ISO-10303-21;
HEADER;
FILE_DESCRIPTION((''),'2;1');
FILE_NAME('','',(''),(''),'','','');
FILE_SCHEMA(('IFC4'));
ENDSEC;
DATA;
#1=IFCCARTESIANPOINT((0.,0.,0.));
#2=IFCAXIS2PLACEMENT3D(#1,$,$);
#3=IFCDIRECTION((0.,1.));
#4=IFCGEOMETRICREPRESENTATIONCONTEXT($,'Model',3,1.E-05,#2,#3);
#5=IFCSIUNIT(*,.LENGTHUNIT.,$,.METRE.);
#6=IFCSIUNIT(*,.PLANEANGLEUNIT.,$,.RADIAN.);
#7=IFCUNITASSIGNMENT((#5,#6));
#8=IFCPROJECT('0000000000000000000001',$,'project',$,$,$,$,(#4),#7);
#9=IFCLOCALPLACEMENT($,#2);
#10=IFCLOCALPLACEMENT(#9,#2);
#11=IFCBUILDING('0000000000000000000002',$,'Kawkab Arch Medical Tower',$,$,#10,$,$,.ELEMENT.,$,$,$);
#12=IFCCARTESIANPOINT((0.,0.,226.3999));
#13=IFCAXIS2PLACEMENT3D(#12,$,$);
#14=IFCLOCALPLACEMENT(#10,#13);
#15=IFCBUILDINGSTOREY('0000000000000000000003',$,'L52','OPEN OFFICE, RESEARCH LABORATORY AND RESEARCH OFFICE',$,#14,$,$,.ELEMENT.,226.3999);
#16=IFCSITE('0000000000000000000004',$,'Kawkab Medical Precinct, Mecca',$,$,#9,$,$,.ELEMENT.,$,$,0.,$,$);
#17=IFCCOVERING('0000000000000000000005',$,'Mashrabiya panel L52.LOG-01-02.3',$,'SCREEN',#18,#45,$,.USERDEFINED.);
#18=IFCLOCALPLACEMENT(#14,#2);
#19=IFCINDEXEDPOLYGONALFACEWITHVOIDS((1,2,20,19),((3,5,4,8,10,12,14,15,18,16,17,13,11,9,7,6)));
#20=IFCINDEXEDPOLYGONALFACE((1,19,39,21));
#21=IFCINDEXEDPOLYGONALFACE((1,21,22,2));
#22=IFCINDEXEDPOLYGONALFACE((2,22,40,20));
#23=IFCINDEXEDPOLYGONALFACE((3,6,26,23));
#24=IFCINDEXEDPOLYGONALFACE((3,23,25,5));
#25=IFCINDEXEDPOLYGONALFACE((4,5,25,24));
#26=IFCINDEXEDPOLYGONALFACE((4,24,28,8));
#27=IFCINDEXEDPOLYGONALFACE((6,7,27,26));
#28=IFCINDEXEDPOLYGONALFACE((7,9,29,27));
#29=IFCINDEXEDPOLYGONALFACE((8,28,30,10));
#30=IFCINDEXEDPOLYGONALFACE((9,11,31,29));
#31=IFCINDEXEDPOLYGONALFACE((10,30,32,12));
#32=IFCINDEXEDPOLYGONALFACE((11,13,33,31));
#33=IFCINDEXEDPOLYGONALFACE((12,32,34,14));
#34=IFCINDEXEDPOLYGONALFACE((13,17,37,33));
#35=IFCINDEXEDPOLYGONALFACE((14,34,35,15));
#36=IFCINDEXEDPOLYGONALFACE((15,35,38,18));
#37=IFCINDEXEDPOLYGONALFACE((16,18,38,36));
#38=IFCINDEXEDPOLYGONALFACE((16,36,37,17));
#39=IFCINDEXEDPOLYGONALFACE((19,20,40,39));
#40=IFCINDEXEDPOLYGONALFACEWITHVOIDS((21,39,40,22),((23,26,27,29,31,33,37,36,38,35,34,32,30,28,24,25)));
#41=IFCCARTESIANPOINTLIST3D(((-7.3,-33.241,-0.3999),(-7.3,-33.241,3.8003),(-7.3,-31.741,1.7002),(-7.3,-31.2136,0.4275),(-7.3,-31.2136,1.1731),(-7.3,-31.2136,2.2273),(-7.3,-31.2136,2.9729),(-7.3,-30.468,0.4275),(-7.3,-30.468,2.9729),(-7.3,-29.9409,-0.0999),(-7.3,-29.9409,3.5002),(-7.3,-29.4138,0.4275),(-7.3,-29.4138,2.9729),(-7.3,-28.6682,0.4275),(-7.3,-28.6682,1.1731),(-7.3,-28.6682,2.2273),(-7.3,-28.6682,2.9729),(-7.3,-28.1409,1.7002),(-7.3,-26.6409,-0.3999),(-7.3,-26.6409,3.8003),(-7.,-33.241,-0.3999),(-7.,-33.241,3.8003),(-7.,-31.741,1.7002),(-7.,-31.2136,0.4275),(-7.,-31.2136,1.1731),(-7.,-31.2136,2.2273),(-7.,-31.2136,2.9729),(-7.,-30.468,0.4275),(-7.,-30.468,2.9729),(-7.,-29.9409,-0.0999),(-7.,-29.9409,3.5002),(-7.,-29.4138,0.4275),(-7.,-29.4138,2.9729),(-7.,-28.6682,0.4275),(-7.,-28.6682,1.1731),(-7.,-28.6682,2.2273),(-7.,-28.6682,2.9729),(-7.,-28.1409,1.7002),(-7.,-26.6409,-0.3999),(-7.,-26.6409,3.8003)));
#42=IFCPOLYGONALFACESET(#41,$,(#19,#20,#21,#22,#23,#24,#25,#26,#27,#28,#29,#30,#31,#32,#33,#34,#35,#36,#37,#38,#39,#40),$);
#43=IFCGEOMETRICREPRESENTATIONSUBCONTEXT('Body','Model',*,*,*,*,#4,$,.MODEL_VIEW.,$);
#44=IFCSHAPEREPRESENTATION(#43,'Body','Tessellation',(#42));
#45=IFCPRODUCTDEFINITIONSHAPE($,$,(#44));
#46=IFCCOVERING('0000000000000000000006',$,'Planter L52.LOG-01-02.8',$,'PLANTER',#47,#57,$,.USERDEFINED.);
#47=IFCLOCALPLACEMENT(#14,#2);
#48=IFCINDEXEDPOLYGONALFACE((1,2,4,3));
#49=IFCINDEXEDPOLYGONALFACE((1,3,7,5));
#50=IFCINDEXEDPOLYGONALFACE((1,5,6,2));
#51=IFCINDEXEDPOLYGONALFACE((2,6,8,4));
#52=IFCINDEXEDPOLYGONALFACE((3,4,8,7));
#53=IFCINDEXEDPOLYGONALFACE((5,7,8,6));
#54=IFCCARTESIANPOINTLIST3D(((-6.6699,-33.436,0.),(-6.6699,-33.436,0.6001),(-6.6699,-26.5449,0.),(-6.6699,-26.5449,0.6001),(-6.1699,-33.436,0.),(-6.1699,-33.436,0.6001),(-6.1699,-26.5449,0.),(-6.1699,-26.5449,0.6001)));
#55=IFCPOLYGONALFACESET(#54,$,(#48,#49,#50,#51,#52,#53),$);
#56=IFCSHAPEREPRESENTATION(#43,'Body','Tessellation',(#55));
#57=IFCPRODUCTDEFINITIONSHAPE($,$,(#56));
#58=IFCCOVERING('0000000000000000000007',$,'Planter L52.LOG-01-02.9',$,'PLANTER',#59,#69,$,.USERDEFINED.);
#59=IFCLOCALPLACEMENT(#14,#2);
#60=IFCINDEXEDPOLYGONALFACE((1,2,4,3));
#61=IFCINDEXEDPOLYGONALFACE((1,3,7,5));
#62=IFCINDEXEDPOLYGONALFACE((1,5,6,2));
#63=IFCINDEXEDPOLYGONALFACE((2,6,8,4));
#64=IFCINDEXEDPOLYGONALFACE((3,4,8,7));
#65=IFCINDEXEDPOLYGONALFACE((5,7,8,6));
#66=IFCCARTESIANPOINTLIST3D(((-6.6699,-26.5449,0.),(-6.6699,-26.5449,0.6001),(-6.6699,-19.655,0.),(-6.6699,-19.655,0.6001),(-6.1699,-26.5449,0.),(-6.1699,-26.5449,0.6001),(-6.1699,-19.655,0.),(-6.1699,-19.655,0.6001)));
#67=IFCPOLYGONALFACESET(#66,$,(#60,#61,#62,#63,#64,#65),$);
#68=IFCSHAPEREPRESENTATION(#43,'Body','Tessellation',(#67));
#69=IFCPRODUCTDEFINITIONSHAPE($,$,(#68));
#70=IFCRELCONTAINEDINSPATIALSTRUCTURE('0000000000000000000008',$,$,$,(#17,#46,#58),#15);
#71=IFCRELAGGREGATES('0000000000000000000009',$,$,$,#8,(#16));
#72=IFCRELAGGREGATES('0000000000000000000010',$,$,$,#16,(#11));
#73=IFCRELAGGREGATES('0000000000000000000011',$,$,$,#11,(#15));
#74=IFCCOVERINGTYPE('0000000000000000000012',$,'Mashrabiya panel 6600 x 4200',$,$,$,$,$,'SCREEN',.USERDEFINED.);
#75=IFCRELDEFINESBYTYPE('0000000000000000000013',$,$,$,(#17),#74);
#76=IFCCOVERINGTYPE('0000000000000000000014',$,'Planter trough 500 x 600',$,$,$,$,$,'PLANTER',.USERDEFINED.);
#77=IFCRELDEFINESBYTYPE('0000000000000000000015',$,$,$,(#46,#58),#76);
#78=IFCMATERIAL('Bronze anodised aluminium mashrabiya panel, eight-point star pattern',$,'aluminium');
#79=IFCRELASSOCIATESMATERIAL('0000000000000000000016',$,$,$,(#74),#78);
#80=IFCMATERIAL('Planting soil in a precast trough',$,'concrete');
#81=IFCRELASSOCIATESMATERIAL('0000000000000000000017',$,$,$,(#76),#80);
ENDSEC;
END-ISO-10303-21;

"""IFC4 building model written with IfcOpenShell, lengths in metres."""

from ifc_helpers import new_model, si_unit, direction, frame, origin, origin_2d, place, context, subcontext, project, spatial, polyline, rectangle, outline, extrude, material, material_profile, profile_set, type_object, element, save


model = new_model("IFC4")

# Units and contexts
model_context = context("Model", 3, precision=1e-05, world=origin(), true_north=direction((0.0, 1.0)))
body_context = subcontext(model_context, "Body", "Model", "MODEL_VIEW")
ifc_project = project(units=[si_unit("LENGTHUNIT", "METRE"), si_unit("PLANEANGLEUNIT", "RADIAN")], contexts=[model_context])

# Site, building, storey
site_placement = place(None, origin())
site = spatial("IfcSite", under=ifc_project, at=site_placement, Name="Kawkab Medical Precinct, Mecca", CompositionType="ELEMENT", RefElevation=0.0)
building_placement = place(site_placement, origin())
building = spatial("IfcBuilding", under=site, at=building_placement, Name="Kawkab Arch Medical Tower", CompositionType="ELEMENT")
storey_placement = place(building_placement, frame((0.0, 0.0, 226.3999)))
storey = spatial("IfcBuildingStorey", under=building, at=storey_placement, Name="L52", Description="OPEN OFFICE, RESEARCH LABORATORY AND RESEARCH OFFICE", CompositionType="ELEMENT", Elevation=226.3999)

# Coverings
ifc_material_1 = material(Name="Bronze anodised aluminium mashrabiya panel, eight-point star pattern", Category="aluminium")
ifc_material_profile_1 = material_profile(ifc_material_1, outline(polyline([(-3.3, -2.1001), (3.3, -2.1001), (3.3, 2.1001), (-3.3, 2.1001), (-3.3, -2.1001)]), holes=[polyline([(1.8, 0.0), (1.2727, 0.5271), (1.2727, 1.2727), (0.5271, 1.2727), (0.0, 1.8), (-0.5271, 1.2727), (-1.2727, 1.2727), (-1.2727, 0.5271), (-1.8, 0.0), (-1.2727, -0.5271), (-1.2727, -1.2727), (-0.5271, -1.2727), (0.0, -1.8), (0.5271, -1.2727), (1.2727, -1.2727), (1.2727, -0.5271), (1.8, 0.0)])]), Name="Mashrabiya panel 6600x4200")
ifc_profile_set_1 = profile_set([ifc_material_profile_1], Name="Bronze anodised aluminium mashrabiya panel, eight-point star pattern")
covering_type_1 = type_object("IfcCoveringType", Name="Mashrabiya panel 6600 x 4200", ElementType="SCREEN", PredefinedType="USERDEFINED", material=ifc_profile_set_1)
covering_1_placement = place(storey_placement, frame((-7.0, -29.9409, 1.7002), z_axis=(-1.0, 0.0, 0.0), x_axis=(0.0, -1.0, 0.0)))
element("IfcCovering", 1, at=covering_1_placement, inside=storey, type_object=covering_type_1, Name="Mashrabiya panel L52.LOG-01-02.3", ObjectType="SCREEN", PredefinedType="USERDEFINED", context=body_context, shape_type="SweptSolid", body=[
    extrude(outline(polyline([(-3.3, -2.1001), (3.3, -2.1001), (3.3, 2.1001), (-3.3, 2.1001), (-3.3, -2.1001)]), holes=[polyline([(1.8, 0.0), (1.2727, 0.5271), (1.2727, 1.2727), (0.5271, 1.2727), (0.0, 1.8), (-0.5271, 1.2727), (-1.2727, 1.2727), (-1.2727, 0.5271), (-1.8, 0.0), (-1.2727, -0.5271), (-1.2727, -1.2727), (-0.5271, -1.2727), (0.0, -1.8), (0.5271, -1.2727), (1.2727, -1.2727), (1.2727, -0.5271), (1.8, 0.0)])]), origin(), (0.0, 0.0, 1.0), 0.3),
])
ifc_material_2 = material(Name="Planting soil in a precast trough", Category="concrete")
ifc_material_profile_2 = material_profile(ifc_material_2, rectangle(XDim=0.5, YDim=0.6001, at=origin_2d()), Name="Trough 500x600")
ifc_profile_set_2 = profile_set([ifc_material_profile_2], Name="Planting soil in a precast trough")
covering_type_2 = type_object("IfcCoveringType", Name="Planter trough 500 x 600", ElementType="PLANTER", PredefinedType="USERDEFINED", material=ifc_profile_set_2)
covering_2_placement = place(storey_placement, frame((-6.4199, -33.436, 0.3), z_axis=(0.0, 1.0, 0.0), x_axis=(-1.0, 0.0, 0.0)))
element("IfcCovering", 2, at=covering_2_placement, inside=storey, type_object=covering_type_2, Name="Planter L52.LOG-01-02.8", ObjectType="PLANTER", PredefinedType="USERDEFINED", context=body_context, shape_type="SweptSolid", body=[
    extrude(rectangle(XDim=0.5, YDim=0.6001, at=origin_2d()), origin(), (0.0, 0.0, 1.0), 6.8911),
])
covering_3_placement = place(storey_placement, frame((-6.4199, -26.5449, 0.3), z_axis=(0.0, 1.0, 0.0), x_axis=(-1.0, 0.0, 0.0)))
element("IfcCovering", 3, at=covering_3_placement, inside=storey, type_object=covering_type_2, Name="Planter L52.LOG-01-02.9", ObjectType="PLANTER", PredefinedType="USERDEFINED", context=body_context, shape_type="SweptSolid", body=[
    extrude(rectangle(XDim=0.5, YDim=0.6001, at=origin_2d()), origin(), (0.0, 0.0, 1.0), 6.8899),
])

save(model, "model.ifc")
